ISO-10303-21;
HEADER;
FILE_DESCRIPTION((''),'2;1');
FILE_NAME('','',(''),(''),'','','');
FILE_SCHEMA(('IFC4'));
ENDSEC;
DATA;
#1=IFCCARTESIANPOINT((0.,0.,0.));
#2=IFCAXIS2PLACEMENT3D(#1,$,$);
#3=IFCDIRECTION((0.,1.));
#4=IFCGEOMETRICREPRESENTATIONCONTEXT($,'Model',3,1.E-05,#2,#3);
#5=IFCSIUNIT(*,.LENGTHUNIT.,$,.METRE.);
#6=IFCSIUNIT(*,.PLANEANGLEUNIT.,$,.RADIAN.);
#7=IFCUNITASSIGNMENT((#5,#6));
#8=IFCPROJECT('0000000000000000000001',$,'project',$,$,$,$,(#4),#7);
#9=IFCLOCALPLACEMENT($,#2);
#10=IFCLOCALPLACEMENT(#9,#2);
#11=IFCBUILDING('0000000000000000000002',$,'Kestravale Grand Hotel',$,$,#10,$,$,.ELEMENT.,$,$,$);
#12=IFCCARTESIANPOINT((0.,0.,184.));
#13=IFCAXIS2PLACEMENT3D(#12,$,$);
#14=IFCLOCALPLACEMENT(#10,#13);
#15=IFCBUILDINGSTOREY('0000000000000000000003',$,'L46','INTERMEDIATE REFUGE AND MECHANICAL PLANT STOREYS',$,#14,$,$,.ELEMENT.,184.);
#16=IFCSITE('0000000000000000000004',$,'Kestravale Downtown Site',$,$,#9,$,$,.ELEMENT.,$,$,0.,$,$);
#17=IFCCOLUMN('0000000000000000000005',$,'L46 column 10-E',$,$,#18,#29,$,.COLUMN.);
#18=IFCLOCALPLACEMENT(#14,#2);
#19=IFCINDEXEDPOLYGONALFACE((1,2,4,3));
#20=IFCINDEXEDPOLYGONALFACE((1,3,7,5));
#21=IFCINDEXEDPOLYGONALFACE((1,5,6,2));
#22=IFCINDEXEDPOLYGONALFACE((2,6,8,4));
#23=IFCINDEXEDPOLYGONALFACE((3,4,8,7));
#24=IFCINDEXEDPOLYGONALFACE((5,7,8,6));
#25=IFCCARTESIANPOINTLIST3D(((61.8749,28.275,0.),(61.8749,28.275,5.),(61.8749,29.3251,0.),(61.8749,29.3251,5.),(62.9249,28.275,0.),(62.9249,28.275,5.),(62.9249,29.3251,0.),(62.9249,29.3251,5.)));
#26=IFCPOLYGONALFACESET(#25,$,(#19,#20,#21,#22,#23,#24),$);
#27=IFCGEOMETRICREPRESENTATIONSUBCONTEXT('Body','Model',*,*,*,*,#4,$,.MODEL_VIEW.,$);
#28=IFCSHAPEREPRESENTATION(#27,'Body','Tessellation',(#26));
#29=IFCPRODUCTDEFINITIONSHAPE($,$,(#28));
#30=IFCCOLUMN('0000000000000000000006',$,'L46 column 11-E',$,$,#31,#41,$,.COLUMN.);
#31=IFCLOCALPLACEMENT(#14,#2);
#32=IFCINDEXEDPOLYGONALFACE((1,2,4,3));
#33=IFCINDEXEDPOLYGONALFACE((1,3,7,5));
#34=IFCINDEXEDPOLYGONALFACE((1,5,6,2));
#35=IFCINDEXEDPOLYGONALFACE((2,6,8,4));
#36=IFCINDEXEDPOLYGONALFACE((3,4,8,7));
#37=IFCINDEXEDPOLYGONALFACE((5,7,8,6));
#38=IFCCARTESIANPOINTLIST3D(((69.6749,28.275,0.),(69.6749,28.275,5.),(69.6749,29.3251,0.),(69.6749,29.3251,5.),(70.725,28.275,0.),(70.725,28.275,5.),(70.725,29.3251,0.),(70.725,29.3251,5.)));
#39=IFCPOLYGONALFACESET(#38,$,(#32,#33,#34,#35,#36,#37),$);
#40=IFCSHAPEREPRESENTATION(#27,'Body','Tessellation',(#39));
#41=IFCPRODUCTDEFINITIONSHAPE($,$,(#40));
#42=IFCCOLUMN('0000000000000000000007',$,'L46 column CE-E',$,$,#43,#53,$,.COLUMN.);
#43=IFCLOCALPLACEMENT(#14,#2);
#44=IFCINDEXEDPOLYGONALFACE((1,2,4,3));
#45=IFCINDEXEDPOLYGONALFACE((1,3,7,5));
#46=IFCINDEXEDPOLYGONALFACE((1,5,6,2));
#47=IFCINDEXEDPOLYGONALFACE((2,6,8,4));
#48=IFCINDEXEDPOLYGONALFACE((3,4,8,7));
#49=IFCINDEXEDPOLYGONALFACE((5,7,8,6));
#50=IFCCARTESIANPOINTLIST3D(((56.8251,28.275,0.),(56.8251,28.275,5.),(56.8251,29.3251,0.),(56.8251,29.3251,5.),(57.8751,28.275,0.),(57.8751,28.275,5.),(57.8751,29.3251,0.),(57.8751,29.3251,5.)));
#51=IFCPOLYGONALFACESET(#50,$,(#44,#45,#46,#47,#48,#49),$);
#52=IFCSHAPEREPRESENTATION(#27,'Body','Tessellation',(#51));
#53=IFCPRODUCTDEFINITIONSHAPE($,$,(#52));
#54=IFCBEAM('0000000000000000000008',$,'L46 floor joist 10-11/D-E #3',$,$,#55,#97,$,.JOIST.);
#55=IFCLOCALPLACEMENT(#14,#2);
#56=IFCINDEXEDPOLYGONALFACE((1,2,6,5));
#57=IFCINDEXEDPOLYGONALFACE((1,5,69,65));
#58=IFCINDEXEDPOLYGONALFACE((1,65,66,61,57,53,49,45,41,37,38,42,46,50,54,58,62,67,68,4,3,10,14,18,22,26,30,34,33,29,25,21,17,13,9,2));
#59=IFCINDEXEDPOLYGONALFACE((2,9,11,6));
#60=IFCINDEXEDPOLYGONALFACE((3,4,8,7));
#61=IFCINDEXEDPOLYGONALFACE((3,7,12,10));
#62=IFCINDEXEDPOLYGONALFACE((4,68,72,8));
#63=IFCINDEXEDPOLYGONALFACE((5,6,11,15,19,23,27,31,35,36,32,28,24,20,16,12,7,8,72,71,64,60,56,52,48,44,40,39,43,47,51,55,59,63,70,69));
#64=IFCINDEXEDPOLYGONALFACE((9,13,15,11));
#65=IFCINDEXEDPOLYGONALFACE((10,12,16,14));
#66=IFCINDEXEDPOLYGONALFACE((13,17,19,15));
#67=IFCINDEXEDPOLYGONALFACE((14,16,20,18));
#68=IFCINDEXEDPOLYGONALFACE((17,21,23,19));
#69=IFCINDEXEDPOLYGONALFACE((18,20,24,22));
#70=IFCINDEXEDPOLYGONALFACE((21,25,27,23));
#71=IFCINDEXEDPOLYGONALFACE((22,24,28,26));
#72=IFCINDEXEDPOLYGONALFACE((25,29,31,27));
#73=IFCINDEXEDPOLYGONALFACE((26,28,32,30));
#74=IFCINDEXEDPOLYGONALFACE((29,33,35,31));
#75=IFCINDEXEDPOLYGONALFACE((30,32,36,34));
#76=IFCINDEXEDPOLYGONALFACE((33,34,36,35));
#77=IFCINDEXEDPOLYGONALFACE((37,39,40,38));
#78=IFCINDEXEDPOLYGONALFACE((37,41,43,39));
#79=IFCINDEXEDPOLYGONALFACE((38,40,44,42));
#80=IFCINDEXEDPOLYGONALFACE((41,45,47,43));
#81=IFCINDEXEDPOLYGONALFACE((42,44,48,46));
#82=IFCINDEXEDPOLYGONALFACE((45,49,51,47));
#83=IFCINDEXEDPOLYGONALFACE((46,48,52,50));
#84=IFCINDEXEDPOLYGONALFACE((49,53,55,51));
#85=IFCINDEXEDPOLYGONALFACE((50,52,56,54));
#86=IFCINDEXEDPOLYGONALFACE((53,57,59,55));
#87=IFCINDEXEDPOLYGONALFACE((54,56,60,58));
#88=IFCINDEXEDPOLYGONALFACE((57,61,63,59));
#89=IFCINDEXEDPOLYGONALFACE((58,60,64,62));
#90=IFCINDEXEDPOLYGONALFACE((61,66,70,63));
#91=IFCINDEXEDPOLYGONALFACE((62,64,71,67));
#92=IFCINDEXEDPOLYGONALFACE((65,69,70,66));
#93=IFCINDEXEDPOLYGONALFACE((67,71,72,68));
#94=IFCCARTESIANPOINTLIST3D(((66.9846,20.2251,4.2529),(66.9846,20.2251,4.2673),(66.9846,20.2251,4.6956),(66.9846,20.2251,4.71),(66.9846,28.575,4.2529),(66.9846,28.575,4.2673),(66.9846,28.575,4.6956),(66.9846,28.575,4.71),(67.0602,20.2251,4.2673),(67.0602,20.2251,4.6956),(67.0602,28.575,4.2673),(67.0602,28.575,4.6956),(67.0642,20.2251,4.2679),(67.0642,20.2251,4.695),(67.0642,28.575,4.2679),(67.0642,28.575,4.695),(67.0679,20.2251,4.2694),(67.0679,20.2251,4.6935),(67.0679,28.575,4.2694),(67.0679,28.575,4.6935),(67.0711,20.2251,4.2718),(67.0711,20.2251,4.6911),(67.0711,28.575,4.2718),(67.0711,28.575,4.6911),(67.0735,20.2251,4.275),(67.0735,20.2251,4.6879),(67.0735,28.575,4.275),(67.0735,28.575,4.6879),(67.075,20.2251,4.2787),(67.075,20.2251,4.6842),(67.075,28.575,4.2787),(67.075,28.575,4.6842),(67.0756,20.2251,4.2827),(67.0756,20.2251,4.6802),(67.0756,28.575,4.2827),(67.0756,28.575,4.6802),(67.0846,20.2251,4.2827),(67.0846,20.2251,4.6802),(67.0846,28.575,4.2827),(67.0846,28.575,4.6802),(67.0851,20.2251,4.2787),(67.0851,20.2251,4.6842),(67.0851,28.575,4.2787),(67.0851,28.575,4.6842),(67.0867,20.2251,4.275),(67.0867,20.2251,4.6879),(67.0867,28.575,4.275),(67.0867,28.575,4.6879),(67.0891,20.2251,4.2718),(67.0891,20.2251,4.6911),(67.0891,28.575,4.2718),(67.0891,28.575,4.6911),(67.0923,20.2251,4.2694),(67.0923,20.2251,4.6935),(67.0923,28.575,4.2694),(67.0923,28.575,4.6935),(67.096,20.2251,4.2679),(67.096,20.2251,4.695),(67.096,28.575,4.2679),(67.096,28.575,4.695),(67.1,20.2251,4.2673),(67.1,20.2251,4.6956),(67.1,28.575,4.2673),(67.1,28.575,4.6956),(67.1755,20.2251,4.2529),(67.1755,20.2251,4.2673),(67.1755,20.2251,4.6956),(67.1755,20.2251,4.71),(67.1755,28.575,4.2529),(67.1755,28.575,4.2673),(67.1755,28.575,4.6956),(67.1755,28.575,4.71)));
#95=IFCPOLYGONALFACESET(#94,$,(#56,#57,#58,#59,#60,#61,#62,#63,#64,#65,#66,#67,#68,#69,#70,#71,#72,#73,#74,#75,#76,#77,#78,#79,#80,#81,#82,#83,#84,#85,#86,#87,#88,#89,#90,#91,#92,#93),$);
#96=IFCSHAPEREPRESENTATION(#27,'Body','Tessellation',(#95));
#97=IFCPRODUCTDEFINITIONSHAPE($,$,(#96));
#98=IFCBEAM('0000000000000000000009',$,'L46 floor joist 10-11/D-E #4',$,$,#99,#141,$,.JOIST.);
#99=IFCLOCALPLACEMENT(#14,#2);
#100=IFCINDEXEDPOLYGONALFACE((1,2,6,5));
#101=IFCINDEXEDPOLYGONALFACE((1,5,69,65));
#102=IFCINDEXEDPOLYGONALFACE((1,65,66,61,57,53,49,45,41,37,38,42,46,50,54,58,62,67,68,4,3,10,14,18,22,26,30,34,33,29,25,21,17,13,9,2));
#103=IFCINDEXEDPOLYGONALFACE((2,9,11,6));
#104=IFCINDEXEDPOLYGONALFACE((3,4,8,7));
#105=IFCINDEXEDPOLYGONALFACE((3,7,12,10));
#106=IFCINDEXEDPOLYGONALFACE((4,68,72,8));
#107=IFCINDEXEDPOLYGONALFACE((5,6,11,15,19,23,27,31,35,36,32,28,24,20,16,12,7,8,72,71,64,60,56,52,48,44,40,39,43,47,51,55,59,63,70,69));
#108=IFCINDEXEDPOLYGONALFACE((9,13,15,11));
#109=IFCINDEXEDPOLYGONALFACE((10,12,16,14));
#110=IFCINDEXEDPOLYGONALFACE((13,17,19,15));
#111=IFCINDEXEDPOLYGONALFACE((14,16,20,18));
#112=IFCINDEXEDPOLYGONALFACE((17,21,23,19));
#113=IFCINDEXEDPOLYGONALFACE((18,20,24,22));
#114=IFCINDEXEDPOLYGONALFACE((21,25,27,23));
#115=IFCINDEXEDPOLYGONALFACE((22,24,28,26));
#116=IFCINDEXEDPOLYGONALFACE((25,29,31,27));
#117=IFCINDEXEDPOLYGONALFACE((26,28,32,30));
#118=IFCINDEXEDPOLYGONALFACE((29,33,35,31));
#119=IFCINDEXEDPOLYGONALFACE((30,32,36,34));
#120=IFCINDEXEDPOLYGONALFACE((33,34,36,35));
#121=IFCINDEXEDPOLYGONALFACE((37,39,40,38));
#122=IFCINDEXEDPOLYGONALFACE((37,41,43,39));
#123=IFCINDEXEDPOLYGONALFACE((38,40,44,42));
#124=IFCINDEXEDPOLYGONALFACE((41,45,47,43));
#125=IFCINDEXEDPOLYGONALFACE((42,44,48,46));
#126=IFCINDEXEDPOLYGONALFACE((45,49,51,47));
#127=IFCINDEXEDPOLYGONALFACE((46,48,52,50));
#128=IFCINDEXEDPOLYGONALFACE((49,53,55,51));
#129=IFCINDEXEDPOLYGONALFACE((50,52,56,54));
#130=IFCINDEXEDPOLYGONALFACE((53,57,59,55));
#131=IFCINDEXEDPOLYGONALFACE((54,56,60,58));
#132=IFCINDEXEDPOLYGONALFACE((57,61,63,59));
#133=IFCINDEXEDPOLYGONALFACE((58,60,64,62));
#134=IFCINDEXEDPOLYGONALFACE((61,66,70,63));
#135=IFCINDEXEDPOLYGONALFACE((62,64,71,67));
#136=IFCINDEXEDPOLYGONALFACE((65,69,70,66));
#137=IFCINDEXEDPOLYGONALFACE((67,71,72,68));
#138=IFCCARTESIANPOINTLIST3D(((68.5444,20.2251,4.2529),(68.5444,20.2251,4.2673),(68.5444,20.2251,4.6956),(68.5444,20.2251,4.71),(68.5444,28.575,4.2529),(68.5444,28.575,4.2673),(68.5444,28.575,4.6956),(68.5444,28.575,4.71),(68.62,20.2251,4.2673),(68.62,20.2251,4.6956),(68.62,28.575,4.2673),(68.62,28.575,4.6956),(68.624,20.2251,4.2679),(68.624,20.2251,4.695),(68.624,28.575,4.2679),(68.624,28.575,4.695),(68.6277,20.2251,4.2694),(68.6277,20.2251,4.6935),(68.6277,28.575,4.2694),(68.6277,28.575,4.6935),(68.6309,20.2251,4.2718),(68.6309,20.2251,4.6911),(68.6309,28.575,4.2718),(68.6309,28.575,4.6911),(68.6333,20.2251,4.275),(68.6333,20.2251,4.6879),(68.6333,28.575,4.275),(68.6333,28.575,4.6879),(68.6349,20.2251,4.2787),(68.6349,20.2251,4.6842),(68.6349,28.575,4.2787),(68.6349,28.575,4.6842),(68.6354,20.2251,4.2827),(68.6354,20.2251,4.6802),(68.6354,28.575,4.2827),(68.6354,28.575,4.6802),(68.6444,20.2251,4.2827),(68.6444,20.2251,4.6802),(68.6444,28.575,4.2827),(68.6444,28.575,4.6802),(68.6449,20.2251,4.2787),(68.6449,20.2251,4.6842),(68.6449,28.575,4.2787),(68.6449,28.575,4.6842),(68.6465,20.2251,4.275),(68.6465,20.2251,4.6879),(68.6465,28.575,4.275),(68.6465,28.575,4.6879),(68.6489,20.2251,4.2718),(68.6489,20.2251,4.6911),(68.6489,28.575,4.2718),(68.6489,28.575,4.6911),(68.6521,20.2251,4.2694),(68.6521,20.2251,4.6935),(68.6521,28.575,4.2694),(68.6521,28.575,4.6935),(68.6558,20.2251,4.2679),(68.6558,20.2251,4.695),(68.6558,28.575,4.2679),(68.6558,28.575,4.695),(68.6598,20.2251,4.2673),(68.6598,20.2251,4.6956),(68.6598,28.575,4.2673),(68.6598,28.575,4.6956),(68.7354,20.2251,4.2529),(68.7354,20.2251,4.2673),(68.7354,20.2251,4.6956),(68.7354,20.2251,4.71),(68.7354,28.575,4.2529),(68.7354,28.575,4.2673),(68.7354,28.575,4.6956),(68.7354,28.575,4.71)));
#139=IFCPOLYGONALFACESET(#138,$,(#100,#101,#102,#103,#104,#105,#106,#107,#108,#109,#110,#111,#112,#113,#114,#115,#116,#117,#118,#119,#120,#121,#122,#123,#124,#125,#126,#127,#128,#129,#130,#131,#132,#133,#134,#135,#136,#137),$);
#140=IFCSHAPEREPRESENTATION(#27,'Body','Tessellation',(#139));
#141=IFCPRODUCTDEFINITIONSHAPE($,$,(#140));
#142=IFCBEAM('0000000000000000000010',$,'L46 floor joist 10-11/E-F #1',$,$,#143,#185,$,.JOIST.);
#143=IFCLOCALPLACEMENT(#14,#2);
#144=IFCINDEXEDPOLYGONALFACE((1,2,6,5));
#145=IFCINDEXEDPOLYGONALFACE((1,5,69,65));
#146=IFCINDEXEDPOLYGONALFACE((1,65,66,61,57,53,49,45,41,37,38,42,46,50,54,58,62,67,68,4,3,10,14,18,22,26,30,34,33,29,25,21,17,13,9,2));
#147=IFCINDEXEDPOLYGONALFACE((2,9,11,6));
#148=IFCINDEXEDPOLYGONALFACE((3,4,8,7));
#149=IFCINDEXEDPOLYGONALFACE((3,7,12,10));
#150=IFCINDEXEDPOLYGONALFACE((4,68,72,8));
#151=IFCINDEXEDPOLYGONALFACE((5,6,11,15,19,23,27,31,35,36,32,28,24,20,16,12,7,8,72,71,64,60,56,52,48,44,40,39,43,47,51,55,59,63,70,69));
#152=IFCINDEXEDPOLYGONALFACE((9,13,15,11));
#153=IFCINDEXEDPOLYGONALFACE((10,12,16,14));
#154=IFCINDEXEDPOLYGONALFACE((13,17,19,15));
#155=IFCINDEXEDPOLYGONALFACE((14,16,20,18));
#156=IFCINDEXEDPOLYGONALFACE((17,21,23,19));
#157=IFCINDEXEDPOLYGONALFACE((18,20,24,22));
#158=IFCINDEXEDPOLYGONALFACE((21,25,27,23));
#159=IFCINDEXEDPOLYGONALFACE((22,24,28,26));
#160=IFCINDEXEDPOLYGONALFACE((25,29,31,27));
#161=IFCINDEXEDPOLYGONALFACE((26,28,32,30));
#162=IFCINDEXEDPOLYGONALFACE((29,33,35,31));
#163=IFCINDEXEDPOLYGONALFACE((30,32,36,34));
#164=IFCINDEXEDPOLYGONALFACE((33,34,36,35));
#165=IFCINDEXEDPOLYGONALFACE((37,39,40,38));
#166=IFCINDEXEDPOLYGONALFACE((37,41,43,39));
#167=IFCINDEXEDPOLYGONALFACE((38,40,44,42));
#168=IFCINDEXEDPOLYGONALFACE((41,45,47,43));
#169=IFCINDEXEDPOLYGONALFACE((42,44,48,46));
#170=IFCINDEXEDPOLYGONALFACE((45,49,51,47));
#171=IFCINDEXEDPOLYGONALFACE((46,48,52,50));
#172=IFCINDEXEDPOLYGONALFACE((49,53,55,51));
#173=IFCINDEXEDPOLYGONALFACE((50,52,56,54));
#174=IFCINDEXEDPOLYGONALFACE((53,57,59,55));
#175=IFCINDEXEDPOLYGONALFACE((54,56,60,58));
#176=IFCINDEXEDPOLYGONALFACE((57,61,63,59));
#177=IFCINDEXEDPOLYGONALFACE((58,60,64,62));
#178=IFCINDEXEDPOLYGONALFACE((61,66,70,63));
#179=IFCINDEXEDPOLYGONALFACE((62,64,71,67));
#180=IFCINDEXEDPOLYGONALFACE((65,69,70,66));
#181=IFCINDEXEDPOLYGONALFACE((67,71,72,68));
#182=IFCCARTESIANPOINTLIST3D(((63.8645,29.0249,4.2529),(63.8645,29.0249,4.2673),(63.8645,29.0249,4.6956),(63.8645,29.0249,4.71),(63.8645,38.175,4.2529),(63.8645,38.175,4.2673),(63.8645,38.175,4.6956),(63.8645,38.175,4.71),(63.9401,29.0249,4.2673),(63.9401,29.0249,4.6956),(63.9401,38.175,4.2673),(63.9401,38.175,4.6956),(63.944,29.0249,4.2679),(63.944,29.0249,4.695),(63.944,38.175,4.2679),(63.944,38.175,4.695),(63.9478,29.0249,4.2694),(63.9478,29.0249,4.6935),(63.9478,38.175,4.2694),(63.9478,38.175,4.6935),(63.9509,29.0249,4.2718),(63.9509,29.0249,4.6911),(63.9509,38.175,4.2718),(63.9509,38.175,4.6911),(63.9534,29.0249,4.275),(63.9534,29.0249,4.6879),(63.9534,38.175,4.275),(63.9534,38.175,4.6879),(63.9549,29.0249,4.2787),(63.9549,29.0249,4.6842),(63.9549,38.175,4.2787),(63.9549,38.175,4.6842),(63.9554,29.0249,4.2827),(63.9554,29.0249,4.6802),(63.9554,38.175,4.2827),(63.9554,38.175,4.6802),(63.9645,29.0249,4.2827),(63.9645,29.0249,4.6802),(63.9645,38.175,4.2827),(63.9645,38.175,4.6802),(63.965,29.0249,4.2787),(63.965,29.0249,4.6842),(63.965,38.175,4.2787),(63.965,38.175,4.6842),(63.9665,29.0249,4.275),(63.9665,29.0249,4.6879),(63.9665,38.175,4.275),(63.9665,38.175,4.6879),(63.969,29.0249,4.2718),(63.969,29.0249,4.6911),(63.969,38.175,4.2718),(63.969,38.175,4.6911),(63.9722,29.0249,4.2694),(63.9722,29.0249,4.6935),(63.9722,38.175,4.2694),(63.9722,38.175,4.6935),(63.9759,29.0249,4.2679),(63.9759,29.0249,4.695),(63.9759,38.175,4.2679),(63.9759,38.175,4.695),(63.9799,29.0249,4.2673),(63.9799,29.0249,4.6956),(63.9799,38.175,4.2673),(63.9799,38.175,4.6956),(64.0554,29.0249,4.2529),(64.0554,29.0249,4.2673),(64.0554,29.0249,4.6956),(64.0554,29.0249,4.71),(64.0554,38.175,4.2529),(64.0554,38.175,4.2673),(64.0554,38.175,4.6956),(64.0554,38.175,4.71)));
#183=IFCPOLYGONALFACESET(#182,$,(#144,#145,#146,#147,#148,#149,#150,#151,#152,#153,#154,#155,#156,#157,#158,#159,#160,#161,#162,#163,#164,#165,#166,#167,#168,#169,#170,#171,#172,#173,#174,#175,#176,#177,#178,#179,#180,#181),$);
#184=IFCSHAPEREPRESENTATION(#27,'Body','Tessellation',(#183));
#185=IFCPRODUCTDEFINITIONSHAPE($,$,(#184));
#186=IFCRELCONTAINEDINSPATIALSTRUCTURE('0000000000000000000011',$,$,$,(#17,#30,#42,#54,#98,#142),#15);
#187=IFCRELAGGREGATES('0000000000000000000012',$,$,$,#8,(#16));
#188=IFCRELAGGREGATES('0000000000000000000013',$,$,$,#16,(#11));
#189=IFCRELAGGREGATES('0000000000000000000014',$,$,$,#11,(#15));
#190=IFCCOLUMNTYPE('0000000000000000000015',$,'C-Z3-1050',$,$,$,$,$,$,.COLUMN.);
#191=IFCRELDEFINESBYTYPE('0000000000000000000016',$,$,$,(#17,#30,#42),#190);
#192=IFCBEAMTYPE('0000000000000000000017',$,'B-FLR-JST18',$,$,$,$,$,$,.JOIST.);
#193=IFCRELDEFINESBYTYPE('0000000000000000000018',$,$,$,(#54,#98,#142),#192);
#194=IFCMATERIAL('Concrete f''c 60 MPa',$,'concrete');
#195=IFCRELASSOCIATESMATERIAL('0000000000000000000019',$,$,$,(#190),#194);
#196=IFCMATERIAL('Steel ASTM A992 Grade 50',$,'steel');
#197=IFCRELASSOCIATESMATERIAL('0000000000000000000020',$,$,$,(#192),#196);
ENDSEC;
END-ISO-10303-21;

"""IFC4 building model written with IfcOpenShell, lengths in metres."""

from ifc_helpers import new_model, si_unit, direction, frame, origin, origin_2d, place, context, subcontext, project, spatial, rectangle, i_section, extrude, material, material_profile, profile_set, type_object, element, save


model = new_model("IFC4")

# Units and contexts
model_context = context("Model", 3, precision=1e-05, world=origin(), true_north=direction((0.0, 1.0)))
body_context = subcontext(model_context, "Body", "Model", "MODEL_VIEW")
ifc_project = project(units=[si_unit("LENGTHUNIT", "METRE"), si_unit("PLANEANGLEUNIT", "RADIAN")], contexts=[model_context])

# Site, building, storey
site_placement = place(None, origin())
site = spatial("IfcSite", under=ifc_project, at=site_placement, Name="Kestravale Downtown Site", CompositionType="ELEMENT", RefElevation=0.0)
building_placement = place(site_placement, origin())
building = spatial("IfcBuilding", under=site, at=building_placement, Name="Kestravale Grand Hotel", CompositionType="ELEMENT")
storey_placement = place(building_placement, frame((0.0, 0.0, 184.0)))
storey = spatial("IfcBuildingStorey", under=building, at=storey_placement, Name="L46", Description="INTERMEDIATE REFUGE AND MECHANICAL PLANT STOREYS", CompositionType="ELEMENT", Elevation=184.0)

# Columns
ifc_material_1 = material(Name="Concrete f'c 60 MPa", Category="concrete")
ifc_material_profile_1 = material_profile(ifc_material_1, rectangle(XDim=1.05, YDim=1.05, at=origin_2d()))
ifc_profile_set_1 = profile_set([ifc_material_profile_1], Name="Concrete f'c 60 MPa")
column_type = type_object("IfcColumnType", Name="C-Z3-1050", PredefinedType="COLUMN", material=ifc_profile_set_1)
for number, where, z_axis, x_axis, name in (
    (1, (62.3999, 28.8, 0.0), (0.0, 0.0, 1.0), (1.0, 0.0, 0.0), "L46 column 10-E"),
    (2, (70.2, 28.8, 0.0), (0.0, 0.0, 1.0), (1.0, 0.0, 0.0), "L46 column 11-E"),
    (3, (57.3501, 28.8, 0.0), (0.0, 0.0, 1.0), (1.0, 0.0, 0.0), "L46 column CE-E"),
):
    element("IfcColumn", number, at=place(storey_placement, frame(where, z_axis=z_axis, x_axis=x_axis)), inside=storey, type_object=column_type, Name=name, PredefinedType="COLUMN", context=body_context, shape_type="SweptSolid", body=[
        extrude(rectangle(XDim=1.05, YDim=1.05, at=origin_2d()), origin(), (0.0, 0.0, 1.0), 5.0),
    ])

# Beams
ifc_material_2 = material(Name="Steel ASTM A992 Grade 50", Category="steel")
ifc_material_profile_2 = material_profile(ifc_material_2, i_section(OverallWidth=0.1909, OverallDepth=0.457, WebThickness=0.009, FlangeThickness=0.0144, FilletRadius=0.0154, at=origin_2d()))
ifc_profile_set_2 = profile_set([ifc_material_profile_2], Name="Steel ASTM A992 Grade 50")
beam_type_1 = type_object("IfcBeamType", Name="B-FLR-JST18", PredefinedType="JOIST", material=ifc_profile_set_2)
for number, where, z_axis, x_axis, name in (
    (4, (67.0801, 20.2251, 4.4814), (0.0, 1.0, 0.0), (-1.0, 0.0, 0.0), "L46 floor joist 10-11/D-E #3"),
    (5, (68.6399, 20.2251, 4.4814), (0.0, 1.0, 0.0), (-1.0, 0.0, 0.0), "L46 floor joist 10-11/D-E #4"),
):
    element("IfcBeam", number, at=place(storey_placement, frame(where, z_axis=z_axis, x_axis=x_axis)), inside=storey, type_object=beam_type_1, Name=name, PredefinedType="JOIST", context=body_context, shape_type="SweptSolid", body=[
        extrude(i_section(OverallWidth=0.1909, OverallDepth=0.457, WebThickness=0.009, FlangeThickness=0.0144, FilletRadius=0.0154, at=origin_2d()), origin(), (0.0, 0.0, 1.0), 8.3499),
    ])
for number, where, z_axis, x_axis, name in (
    (6, (63.96, 29.0249, 4.4814), (0.0, 1.0, 0.0), (-1.0, 0.0, 0.0), "L46 floor joist 10-11/E-F #1"),
):
    element("IfcBeam", number, at=place(storey_placement, frame(where, z_axis=z_axis, x_axis=x_axis)), inside=storey, type_object=beam_type_1, Name=name, PredefinedType="JOIST", context=body_context, shape_type="SweptSolid", body=[
        extrude(i_section(OverallWidth=0.1909, OverallDepth=0.457, WebThickness=0.009, FlangeThickness=0.0144, FilletRadius=0.0154, at=origin_2d()), origin(), (0.0, 0.0, 1.0), 9.1501),
    ])

save(model, "model.ifc")
